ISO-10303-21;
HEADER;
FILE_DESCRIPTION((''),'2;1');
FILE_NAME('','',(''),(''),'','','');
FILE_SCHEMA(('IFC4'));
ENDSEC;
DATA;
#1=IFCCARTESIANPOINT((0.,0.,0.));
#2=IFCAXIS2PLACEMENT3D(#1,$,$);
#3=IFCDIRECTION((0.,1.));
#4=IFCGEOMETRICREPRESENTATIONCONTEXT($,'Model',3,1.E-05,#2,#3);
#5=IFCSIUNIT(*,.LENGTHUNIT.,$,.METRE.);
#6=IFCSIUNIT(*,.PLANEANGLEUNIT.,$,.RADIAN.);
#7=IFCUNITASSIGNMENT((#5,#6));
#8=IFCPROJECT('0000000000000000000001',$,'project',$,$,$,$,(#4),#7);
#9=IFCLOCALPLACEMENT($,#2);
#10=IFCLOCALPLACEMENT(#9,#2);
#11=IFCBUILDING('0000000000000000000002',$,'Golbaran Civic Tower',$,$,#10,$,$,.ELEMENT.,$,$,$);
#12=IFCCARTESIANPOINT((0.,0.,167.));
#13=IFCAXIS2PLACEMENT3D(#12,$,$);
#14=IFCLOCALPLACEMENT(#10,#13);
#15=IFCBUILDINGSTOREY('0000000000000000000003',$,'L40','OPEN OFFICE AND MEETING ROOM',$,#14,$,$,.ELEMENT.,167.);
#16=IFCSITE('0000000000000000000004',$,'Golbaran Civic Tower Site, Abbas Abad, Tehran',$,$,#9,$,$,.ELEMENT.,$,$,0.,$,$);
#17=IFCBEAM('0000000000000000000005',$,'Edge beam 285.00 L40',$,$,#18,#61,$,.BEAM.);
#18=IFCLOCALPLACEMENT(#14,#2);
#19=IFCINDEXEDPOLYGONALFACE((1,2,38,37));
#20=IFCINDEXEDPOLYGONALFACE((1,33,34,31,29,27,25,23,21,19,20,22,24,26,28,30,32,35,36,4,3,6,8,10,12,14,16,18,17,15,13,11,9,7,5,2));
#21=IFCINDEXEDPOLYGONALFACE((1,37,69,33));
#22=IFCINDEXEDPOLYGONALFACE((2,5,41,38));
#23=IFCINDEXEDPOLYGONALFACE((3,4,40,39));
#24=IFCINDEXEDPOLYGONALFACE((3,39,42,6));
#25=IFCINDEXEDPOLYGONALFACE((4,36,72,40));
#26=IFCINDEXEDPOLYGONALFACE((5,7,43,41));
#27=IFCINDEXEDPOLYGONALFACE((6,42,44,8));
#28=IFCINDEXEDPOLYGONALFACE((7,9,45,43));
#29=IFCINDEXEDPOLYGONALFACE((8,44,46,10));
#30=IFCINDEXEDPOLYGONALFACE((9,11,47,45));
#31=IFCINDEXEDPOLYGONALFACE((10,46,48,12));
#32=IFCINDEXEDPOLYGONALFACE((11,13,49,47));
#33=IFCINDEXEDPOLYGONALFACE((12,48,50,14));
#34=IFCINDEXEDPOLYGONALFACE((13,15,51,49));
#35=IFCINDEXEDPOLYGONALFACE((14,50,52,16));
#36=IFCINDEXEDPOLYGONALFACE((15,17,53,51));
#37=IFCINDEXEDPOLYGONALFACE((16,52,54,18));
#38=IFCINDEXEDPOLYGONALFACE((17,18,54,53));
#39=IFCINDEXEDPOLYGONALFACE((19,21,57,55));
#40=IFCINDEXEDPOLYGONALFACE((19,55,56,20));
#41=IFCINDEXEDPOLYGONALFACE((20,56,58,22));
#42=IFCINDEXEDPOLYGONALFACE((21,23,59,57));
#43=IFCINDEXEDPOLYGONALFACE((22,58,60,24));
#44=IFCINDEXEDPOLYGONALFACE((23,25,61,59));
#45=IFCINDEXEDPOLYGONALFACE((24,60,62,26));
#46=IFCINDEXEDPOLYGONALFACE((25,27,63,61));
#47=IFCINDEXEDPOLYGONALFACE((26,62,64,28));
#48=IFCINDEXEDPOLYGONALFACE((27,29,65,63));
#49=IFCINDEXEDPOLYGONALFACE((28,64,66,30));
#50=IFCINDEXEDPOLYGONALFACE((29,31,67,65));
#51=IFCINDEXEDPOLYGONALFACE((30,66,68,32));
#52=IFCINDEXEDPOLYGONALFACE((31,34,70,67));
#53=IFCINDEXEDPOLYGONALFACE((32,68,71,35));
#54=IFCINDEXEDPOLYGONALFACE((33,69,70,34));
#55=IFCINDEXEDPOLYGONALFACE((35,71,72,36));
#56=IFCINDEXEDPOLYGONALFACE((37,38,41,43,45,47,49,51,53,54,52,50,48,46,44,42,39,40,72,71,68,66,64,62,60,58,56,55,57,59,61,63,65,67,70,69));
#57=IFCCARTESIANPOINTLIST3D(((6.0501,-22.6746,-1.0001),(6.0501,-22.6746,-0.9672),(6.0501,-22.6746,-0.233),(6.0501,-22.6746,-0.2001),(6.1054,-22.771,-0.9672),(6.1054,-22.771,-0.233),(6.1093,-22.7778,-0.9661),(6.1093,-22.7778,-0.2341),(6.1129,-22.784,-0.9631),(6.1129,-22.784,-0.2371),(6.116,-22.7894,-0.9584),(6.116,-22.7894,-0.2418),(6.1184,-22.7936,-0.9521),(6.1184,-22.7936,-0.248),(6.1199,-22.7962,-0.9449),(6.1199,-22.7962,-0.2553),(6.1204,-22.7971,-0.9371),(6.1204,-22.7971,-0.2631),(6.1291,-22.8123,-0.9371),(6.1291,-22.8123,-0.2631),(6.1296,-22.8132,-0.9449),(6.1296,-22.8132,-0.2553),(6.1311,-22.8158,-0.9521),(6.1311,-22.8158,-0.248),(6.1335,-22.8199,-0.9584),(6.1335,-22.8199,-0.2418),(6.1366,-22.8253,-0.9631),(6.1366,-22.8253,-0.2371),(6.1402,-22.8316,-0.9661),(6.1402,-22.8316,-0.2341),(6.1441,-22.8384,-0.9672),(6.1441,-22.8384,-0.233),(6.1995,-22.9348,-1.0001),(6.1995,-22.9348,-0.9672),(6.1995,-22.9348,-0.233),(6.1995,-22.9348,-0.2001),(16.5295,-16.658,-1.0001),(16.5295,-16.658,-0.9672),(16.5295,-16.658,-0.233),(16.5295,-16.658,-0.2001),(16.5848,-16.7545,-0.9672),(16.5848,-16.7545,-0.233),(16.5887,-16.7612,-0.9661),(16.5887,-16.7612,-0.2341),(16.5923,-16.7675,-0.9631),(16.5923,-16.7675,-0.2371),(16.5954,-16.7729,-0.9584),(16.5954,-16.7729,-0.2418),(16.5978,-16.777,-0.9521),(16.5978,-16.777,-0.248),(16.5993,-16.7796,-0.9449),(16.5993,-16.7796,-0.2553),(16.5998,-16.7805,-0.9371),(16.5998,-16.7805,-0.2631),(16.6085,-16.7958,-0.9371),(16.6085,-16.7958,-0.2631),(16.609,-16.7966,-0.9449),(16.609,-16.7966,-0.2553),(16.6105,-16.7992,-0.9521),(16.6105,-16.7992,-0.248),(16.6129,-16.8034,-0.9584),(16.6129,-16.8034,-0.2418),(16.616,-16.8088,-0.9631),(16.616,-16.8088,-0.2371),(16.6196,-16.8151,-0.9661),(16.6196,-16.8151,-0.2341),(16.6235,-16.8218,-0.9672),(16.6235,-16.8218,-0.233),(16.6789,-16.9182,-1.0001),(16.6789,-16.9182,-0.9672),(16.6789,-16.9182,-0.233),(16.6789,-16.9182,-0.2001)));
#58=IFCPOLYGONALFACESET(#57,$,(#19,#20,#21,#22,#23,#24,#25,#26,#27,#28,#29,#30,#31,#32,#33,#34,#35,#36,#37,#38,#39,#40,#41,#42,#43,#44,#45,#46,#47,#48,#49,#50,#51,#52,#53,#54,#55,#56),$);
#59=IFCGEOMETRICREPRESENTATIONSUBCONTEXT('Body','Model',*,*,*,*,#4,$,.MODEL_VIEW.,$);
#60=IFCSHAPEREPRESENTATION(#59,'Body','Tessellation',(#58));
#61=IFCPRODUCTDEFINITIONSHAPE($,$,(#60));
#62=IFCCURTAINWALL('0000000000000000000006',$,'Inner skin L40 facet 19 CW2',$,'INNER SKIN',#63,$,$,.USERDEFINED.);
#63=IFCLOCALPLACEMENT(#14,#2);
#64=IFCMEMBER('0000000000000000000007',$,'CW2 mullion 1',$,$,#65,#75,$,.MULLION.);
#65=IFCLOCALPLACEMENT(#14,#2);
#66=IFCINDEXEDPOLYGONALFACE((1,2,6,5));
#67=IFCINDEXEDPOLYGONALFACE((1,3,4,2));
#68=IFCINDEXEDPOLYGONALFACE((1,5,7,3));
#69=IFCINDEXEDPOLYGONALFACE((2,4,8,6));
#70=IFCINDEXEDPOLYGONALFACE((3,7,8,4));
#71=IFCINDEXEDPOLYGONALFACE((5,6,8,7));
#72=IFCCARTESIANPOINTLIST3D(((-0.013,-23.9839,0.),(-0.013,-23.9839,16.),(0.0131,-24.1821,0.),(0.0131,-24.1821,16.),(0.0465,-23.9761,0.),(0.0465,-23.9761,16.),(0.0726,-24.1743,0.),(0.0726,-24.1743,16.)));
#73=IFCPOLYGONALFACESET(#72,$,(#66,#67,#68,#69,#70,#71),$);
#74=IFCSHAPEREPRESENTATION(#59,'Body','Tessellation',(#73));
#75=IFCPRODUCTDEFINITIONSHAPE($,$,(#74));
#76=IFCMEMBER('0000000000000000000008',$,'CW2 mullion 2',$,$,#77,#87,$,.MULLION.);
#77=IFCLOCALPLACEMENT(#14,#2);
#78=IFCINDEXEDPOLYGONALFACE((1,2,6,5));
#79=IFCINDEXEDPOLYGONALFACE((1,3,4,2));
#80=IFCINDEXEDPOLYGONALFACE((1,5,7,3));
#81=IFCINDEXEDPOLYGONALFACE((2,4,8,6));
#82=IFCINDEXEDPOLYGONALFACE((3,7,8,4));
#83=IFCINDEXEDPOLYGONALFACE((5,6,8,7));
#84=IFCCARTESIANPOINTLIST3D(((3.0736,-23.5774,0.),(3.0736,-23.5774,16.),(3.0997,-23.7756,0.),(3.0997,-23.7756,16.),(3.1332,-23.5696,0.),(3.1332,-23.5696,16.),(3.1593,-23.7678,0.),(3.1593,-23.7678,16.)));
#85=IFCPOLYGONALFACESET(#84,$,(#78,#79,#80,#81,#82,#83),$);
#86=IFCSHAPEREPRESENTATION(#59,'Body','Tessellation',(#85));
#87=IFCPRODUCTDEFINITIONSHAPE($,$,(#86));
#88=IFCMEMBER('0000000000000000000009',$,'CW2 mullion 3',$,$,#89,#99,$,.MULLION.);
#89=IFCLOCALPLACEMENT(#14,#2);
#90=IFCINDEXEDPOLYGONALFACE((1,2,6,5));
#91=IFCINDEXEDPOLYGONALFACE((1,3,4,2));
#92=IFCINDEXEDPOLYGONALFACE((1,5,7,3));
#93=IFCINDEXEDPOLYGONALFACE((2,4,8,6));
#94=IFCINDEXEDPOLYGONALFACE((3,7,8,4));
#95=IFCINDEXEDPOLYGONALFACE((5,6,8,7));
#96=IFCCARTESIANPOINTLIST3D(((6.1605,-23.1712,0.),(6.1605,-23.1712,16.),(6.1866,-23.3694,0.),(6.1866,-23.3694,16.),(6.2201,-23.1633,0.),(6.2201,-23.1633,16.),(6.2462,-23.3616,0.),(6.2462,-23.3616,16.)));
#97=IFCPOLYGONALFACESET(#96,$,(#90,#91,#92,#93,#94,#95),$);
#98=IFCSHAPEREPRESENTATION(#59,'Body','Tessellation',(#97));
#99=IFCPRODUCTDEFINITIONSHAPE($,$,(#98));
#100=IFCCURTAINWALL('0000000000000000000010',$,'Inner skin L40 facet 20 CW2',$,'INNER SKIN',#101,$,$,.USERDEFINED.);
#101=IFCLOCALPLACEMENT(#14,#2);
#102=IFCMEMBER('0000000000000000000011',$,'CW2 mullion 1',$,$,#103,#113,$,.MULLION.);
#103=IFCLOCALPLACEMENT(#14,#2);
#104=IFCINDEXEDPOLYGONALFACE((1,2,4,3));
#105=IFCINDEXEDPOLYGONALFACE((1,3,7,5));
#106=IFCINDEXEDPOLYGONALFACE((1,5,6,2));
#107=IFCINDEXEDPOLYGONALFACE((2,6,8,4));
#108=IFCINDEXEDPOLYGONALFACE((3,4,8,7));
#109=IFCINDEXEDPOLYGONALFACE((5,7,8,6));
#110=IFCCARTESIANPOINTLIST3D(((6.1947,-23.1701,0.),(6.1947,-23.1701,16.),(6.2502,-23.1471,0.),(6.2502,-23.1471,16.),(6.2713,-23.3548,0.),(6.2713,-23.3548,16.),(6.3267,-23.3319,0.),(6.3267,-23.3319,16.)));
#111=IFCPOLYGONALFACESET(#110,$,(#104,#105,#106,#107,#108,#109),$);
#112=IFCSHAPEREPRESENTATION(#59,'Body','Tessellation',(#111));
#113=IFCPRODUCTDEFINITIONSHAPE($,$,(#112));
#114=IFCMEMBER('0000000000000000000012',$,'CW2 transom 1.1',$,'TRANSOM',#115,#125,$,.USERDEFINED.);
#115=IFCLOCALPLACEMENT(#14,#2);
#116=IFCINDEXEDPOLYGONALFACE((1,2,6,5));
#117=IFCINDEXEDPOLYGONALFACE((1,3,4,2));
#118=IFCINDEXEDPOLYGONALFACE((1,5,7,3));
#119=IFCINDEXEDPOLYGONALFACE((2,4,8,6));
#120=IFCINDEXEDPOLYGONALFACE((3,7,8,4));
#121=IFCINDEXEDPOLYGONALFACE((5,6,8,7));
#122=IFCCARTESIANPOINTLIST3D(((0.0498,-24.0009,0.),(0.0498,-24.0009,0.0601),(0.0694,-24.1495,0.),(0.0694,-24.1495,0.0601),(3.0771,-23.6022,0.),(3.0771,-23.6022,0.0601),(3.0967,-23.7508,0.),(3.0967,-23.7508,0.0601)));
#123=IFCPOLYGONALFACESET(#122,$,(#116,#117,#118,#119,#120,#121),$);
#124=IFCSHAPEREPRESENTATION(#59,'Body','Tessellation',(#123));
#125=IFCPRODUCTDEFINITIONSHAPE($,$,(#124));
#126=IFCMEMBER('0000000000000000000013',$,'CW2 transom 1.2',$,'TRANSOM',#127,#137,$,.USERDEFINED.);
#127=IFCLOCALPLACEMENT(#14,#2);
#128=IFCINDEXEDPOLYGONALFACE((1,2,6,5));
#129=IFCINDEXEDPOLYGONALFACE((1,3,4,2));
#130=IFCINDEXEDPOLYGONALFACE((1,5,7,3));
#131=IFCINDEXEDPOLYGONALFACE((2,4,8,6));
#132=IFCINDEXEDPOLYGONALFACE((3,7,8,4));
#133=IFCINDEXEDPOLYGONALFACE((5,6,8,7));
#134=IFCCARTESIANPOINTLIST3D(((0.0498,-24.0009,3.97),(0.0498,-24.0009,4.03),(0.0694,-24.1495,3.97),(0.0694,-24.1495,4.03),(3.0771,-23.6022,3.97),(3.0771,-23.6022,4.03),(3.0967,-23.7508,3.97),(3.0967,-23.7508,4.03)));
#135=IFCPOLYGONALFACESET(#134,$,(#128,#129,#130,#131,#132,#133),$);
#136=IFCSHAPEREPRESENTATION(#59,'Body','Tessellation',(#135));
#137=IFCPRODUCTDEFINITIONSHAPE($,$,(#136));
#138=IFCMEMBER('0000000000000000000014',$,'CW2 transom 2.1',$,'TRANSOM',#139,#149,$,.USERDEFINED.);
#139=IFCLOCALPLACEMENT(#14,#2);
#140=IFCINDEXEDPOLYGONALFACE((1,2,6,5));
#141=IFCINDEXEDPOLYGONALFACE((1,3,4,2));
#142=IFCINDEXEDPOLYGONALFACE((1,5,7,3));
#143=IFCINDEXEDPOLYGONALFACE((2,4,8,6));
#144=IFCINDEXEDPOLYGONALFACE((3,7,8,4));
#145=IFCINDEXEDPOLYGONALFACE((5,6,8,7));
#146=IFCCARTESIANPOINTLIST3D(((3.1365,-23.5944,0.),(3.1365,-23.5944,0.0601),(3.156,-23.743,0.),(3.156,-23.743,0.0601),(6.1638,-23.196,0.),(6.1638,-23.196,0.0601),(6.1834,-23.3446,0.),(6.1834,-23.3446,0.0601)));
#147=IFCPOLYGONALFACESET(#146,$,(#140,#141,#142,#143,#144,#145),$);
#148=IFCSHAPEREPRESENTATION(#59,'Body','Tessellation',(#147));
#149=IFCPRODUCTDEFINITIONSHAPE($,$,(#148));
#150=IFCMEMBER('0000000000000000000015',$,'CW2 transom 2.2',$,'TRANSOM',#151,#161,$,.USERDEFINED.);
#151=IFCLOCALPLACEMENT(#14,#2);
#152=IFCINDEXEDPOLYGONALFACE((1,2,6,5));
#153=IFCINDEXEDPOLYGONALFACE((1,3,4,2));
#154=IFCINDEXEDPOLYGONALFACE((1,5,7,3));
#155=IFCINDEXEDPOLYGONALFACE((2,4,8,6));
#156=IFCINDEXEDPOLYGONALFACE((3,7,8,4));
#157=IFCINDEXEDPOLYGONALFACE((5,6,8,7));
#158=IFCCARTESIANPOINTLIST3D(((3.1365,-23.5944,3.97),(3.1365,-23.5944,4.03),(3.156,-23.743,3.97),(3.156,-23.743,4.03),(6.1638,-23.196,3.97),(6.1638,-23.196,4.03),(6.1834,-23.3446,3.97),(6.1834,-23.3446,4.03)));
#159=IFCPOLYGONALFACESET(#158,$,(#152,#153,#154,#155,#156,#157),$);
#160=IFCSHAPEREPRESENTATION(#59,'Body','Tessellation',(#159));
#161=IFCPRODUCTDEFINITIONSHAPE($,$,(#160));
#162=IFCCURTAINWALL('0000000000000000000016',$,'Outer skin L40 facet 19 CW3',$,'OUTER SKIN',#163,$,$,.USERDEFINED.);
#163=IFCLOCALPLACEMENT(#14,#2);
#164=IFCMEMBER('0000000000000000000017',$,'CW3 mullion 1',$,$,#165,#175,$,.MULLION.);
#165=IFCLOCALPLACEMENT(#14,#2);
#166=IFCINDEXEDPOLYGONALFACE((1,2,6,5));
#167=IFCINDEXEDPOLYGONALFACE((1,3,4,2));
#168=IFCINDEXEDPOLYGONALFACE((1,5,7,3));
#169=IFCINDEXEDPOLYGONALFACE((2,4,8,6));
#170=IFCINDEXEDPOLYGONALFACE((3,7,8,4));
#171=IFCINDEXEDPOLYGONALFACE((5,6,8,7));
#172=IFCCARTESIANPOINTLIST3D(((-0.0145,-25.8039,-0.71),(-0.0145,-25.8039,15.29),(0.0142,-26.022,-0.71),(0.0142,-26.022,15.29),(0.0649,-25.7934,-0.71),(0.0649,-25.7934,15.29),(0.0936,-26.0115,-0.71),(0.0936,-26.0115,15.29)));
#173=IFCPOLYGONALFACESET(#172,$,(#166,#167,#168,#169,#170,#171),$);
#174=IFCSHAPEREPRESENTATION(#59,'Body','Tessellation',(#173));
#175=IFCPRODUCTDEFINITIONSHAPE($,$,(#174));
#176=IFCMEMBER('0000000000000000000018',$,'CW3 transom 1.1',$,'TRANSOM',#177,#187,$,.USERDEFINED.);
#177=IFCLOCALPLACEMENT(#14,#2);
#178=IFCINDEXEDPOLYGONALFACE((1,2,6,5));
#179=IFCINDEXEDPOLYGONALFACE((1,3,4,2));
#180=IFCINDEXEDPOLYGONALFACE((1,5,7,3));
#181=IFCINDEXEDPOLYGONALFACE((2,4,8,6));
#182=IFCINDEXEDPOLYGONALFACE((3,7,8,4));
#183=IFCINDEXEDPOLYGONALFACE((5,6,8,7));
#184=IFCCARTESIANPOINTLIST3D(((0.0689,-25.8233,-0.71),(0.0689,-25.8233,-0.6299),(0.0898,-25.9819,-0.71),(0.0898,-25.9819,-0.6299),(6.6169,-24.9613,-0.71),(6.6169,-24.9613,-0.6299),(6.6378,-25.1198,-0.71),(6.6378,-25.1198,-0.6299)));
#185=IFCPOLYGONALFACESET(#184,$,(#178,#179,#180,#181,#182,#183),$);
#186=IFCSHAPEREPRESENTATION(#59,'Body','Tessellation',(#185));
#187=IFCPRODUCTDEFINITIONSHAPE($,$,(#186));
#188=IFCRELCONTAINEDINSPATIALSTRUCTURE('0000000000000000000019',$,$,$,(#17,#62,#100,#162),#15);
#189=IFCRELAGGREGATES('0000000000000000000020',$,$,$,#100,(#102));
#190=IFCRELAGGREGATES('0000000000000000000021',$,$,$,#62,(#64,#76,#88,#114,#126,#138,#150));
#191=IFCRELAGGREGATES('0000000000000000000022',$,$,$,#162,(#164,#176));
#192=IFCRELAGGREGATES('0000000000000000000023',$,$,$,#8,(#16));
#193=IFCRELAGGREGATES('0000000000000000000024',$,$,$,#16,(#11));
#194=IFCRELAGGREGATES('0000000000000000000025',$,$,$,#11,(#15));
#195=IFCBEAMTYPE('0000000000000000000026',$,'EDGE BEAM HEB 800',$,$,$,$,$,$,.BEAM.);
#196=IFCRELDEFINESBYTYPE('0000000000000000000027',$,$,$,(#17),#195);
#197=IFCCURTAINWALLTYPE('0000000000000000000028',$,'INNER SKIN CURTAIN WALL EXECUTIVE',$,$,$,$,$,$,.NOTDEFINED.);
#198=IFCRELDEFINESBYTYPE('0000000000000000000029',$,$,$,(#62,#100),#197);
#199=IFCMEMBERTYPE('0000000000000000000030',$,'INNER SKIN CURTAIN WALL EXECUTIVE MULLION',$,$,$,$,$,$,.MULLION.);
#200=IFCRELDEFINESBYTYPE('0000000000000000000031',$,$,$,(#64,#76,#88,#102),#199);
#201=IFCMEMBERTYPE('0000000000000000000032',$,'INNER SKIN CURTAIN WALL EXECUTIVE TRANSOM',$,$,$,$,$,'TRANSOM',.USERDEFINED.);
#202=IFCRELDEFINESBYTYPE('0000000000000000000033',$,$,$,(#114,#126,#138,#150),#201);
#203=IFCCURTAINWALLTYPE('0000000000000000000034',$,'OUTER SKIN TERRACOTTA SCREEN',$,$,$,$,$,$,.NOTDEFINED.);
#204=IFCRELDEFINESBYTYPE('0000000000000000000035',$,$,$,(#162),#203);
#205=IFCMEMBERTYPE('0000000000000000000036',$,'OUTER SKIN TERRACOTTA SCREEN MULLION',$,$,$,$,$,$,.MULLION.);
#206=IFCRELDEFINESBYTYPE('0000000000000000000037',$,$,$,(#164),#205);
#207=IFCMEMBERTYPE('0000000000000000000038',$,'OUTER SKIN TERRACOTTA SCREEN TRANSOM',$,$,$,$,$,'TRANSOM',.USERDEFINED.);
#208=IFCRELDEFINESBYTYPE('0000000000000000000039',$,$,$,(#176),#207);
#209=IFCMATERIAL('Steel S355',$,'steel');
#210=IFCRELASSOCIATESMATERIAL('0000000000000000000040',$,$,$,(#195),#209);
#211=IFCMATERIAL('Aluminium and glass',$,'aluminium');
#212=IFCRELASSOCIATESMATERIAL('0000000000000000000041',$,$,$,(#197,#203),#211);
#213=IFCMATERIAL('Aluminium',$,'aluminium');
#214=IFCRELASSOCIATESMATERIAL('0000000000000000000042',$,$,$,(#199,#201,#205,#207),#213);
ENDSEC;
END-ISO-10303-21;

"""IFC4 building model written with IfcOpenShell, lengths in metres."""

from ifc_helpers import new_model, si_unit, direction, frame, origin, origin_2d, place, context, subcontext, project, spatial, rectangle, i_section, extrude, material, material_profile, profile_set, type_object, element, aggregate, save


model = new_model("IFC4")

# Units and contexts
model_context = context("Model", 3, precision=1e-05, world=origin(), true_north=direction((0.0, 1.0)))
body_context = subcontext(model_context, "Body", "Model", "MODEL_VIEW")
ifc_project = project(units=[si_unit("LENGTHUNIT", "METRE"), si_unit("PLANEANGLEUNIT", "RADIAN")], contexts=[model_context])

# Site, building, storey
site_placement = place(None, origin())
site = spatial("IfcSite", under=ifc_project, at=site_placement, Name="Golbaran Civic Tower Site, Abbas Abad, Tehran", CompositionType="ELEMENT", RefElevation=0.0)
building_placement = place(site_placement, origin())
building = spatial("IfcBuilding", under=site, at=building_placement, Name="Golbaran Civic Tower", CompositionType="ELEMENT")
storey_placement = place(building_placement, frame((0.0, 0.0, 167.0)))
storey = spatial("IfcBuildingStorey", under=building, at=storey_placement, Name="L40", Description="OPEN OFFICE AND MEETING ROOM", CompositionType="ELEMENT", Elevation=167.0)

# Beam
ifc_material_1 = material(Name="Steel S355", Category="steel")
ifc_material_profile_1 = material_profile(ifc_material_1, i_section(OverallWidth=0.3, OverallDepth=0.8, WebThickness=0.0176, FlangeThickness=0.033, FilletRadius=0.03, at=origin_2d()), Name="HEB 800")
ifc_profile_set_1 = profile_set([ifc_material_profile_1], Name="Steel S355")
beam_type = type_object("IfcBeamType", Name="EDGE BEAM HEB 800", PredefinedType="BEAM", material=ifc_profile_set_1)
beam_placement = place(storey_placement, frame((6.1248, -22.8047, -0.6001), z_axis=(0.867232, 0.497905, 0.0), x_axis=(-0.497905, 0.867232, 0.0)))
element("IfcBeam", 1, at=beam_placement, inside=storey, type_object=beam_type, Name="Edge beam 285.00 L40", PredefinedType="BEAM", context=body_context, shape_type="SweptSolid", body=[
    extrude(i_section(OverallWidth=0.3, OverallDepth=0.8, WebThickness=0.0176, FlangeThickness=0.033, FilletRadius=0.03, at=origin_2d()), origin(), (0.0, 0.0, 1.0), 12.0837),
])

# Curtain wall, members
ifc_material_2 = material(Name="Aluminium and glass", Category="aluminium")
curtain_wall_type_1 = type_object("IfcCurtainWallType", Name="INNER SKIN CURTAIN WALL EXECUTIVE", PredefinedType="NOTDEFINED", material=ifc_material_2)
curtain_wall_1_placement = place(storey_placement, origin())
curtain_wall_1 = element("IfcCurtainWall", 2, at=curtain_wall_1_placement, inside=storey, type_object=curtain_wall_type_1, Name="Inner skin L40 facet 19 CW2", ObjectType="INNER SKIN", PredefinedType="USERDEFINED")
ifc_material_3 = material(Name="Aluminium", Category="aluminium")
ifc_material_profile_2 = material_profile(ifc_material_3, rectangle(XDim=0.2, YDim=0.0601, at=origin_2d()), Name="INNER SKIN CURTAIN WALL EXECUTIVE MULLION")
ifc_profile_set_2 = profile_set([ifc_material_profile_2], Name="Aluminium")
member_type_1 = type_object("IfcMemberType", Name="INNER SKIN CURTAIN WALL EXECUTIVE MULLION", PredefinedType="MULLION", material=ifc_profile_set_2)
member_1_placement = place(storey_placement, frame((0.0298, -24.0791, 0.0), z_axis=(0.0, 0.0, 1.0), x_axis=(-0.130526, 0.991445, 0.0)))
member_1 = element("IfcMember", 3, at=member_1_placement, type_object=member_type_1, Name="CW2 mullion 1", PredefinedType="MULLION", context=body_context, shape_type="SweptSolid", body=[
    extrude(rectangle(XDim=0.2, YDim=0.0601, at=origin_2d()), origin(), (0.0, 0.0, 1.0), 16.0),
])
member_2_placement = place(storey_placement, frame((3.1165, -23.6726, 0.0), z_axis=(0.0, 0.0, 1.0), x_axis=(-0.130526, 0.991445, 0.0)))
member_2 = element("IfcMember", 4, at=member_2_placement, type_object=member_type_1, Name="CW2 mullion 2", PredefinedType="MULLION", context=body_context, shape_type="SweptSolid", body=[
    extrude(rectangle(XDim=0.2, YDim=0.0601, at=origin_2d()), origin(), (0.0, 0.0, 1.0), 16.0),
])
member_3_placement = place(storey_placement, frame((6.2034, -23.2664, 0.0), z_axis=(0.0, 0.0, 1.0), x_axis=(-0.130526, 0.991445, 0.0)))
member_3 = element("IfcMember", 5, at=member_3_placement, type_object=member_type_1, Name="CW2 mullion 3", PredefinedType="MULLION", context=body_context, shape_type="SweptSolid", body=[
    extrude(rectangle(XDim=0.2, YDim=0.0601, at=origin_2d()), origin(), (0.0, 0.0, 1.0), 16.0),
])

# Curtain wall, member
curtain_wall_2_placement = place(storey_placement, origin())
curtain_wall_2 = element("IfcCurtainWall", 6, at=curtain_wall_2_placement, inside=storey, type_object=curtain_wall_type_1, Name="Inner skin L40 facet 20 CW2", ObjectType="INNER SKIN", PredefinedType="USERDEFINED")
member_4_placement = place(storey_placement, frame((6.2607, -23.251, 0.0), z_axis=(0.0, 0.0, 1.0), x_axis=(-0.382683, 0.92388, 0.0)))
member_4 = element("IfcMember", 7, at=member_4_placement, type_object=member_type_1, Name="CW2 mullion 1", PredefinedType="MULLION", context=body_context, shape_type="SweptSolid", body=[
    extrude(rectangle(XDim=0.2, YDim=0.0601, at=origin_2d()), origin(), (0.0, 0.0, 1.0), 16.0),
])
aggregate(curtain_wall_2, [member_4])

# Members
ifc_material_profile_3 = material_profile(ifc_material_3, rectangle(XDim=0.1499, YDim=0.0601, at=origin_2d()), Name="INNER SKIN CURTAIN WALL EXECUTIVE TRANSOM")
ifc_profile_set_3 = profile_set([ifc_material_profile_3], Name="Aluminium")
member_type_2 = type_object("IfcMemberType", Name="INNER SKIN CURTAIN WALL EXECUTIVE TRANSOM", ElementType="TRANSOM", PredefinedType="USERDEFINED", material=ifc_profile_set_3)
member_5_placement = place(storey_placement, frame((0.0596, -24.0752, 0.03), z_axis=(0.99144, 0.130566, 0.0), x_axis=(-0.130566, 0.99144, 0.0)))
member_5 = element("IfcMember", 8, at=member_5_placement, type_object=member_type_2, Name="CW2 transom 1.1", ObjectType="TRANSOM", PredefinedType="USERDEFINED", context=body_context, shape_type="SweptSolid", body=[
    extrude(rectangle(XDim=0.1499, YDim=0.0601, at=origin_2d()), origin(), (0.0, 0.0, 1.0), 3.0535),
])
member_6_placement = place(storey_placement, frame((0.0596, -24.0752, 4.0), z_axis=(0.99144, 0.130566, 0.0), x_axis=(-0.130566, 0.99144, 0.0)))
member_6 = element("IfcMember", 9, at=member_6_placement, type_object=member_type_2, Name="CW2 transom 1.2", ObjectType="TRANSOM", PredefinedType="USERDEFINED", context=body_context, shape_type="SweptSolid", body=[
    extrude(rectangle(XDim=0.1499, YDim=0.0601, at=origin_2d()), origin(), (0.0, 0.0, 1.0), 3.0535),
])
member_7_placement = place(storey_placement, frame((3.1462, -23.6687, 0.03), z_axis=(0.99145, 0.130488, 0.0), x_axis=(-0.130488, 0.99145, 0.0)))
member_7 = element("IfcMember", 10, at=member_7_placement, type_object=member_type_2, Name="CW2 transom 2.1", ObjectType="TRANSOM", PredefinedType="USERDEFINED", context=body_context, shape_type="SweptSolid", body=[
    extrude(rectangle(XDim=0.1499, YDim=0.0601, at=origin_2d()), origin(), (0.0, 0.0, 1.0), 3.0535),
])
member_8_placement = place(storey_placement, frame((3.1462, -23.6687, 4.0), z_axis=(0.99145, 0.130488, 0.0), x_axis=(-0.130488, 0.99145, 0.0)))
member_8 = element("IfcMember", 11, at=member_8_placement, type_object=member_type_2, Name="CW2 transom 2.2", ObjectType="TRANSOM", PredefinedType="USERDEFINED", context=body_context, shape_type="SweptSolid", body=[
    extrude(rectangle(XDim=0.1499, YDim=0.0601, at=origin_2d()), origin(), (0.0, 0.0, 1.0), 3.0535),
])

# Curtain wall, members
curtain_wall_type_2 = type_object("IfcCurtainWallType", Name="OUTER SKIN TERRACOTTA SCREEN", PredefinedType="NOTDEFINED", material=ifc_material_2)
curtain_wall_3_placement = place(storey_placement, origin())
curtain_wall_3 = element("IfcCurtainWall", 12, at=curtain_wall_3_placement, inside=storey, type_object=curtain_wall_type_2, Name="Outer skin L40 facet 19 CW3", ObjectType="OUTER SKIN", PredefinedType="USERDEFINED")
ifc_material_profile_4 = material_profile(ifc_material_3, rectangle(XDim=0.22, YDim=0.0801, at=origin_2d()), Name="OUTER SKIN TERRACOTTA SCREEN MULLION")
ifc_profile_set_4 = profile_set([ifc_material_profile_4], Name="Aluminium")
member_type_3 = type_object("IfcMemberType", Name="OUTER SKIN TERRACOTTA SCREEN MULLION", PredefinedType="MULLION", material=ifc_profile_set_4)
member_9_placement = place(storey_placement, frame((0.0396, -25.9077, -0.71), z_axis=(0.0, 0.0, 1.0), x_axis=(-0.130526, 0.991445, 0.0)))
member_9 = element("IfcMember", 13, at=member_9_placement, type_object=member_type_3, Name="CW3 mullion 1", PredefinedType="MULLION", context=body_context, shape_type="SweptSolid", body=[
    extrude(rectangle(XDim=0.22, YDim=0.0801, at=origin_2d()), origin(), (0.0, 0.0, 1.0), 16.0),
])
ifc_material_profile_5 = material_profile(ifc_material_3, rectangle(XDim=0.1599, YDim=0.0801, at=origin_2d()), Name="OUTER SKIN TERRACOTTA SCREEN TRANSOM")
ifc_profile_set_5 = profile_set([ifc_material_profile_5], Name="Aluminium")
member_type_4 = type_object("IfcMemberType", Name="OUTER SKIN TERRACOTTA SCREEN TRANSOM", ElementType="TRANSOM", PredefinedType="USERDEFINED", material=ifc_profile_set_5)
member_10_placement = place(storey_placement, frame((0.0793, -25.9026, -0.6699), z_axis=(0.991445, 0.130524, 0.0), x_axis=(-0.130524, 0.991445, 0.0)))
member_10 = element("IfcMember", 14, at=member_10_placement, type_object=member_type_4, Name="CW3 transom 1.1", ObjectType="TRANSOM", PredefinedType="USERDEFINED", context=body_context, shape_type="SweptSolid", body=[
    extrude(rectangle(XDim=0.1599, YDim=0.0801, at=origin_2d()), origin(), (0.0, 0.0, 1.0), 6.6045),
])

aggregate(curtain_wall_1, [member_1, member_2, member_3, member_5, member_6, member_7, member_8])
aggregate(curtain_wall_3, [member_9, member_10])

save(model, "model.ifc")
